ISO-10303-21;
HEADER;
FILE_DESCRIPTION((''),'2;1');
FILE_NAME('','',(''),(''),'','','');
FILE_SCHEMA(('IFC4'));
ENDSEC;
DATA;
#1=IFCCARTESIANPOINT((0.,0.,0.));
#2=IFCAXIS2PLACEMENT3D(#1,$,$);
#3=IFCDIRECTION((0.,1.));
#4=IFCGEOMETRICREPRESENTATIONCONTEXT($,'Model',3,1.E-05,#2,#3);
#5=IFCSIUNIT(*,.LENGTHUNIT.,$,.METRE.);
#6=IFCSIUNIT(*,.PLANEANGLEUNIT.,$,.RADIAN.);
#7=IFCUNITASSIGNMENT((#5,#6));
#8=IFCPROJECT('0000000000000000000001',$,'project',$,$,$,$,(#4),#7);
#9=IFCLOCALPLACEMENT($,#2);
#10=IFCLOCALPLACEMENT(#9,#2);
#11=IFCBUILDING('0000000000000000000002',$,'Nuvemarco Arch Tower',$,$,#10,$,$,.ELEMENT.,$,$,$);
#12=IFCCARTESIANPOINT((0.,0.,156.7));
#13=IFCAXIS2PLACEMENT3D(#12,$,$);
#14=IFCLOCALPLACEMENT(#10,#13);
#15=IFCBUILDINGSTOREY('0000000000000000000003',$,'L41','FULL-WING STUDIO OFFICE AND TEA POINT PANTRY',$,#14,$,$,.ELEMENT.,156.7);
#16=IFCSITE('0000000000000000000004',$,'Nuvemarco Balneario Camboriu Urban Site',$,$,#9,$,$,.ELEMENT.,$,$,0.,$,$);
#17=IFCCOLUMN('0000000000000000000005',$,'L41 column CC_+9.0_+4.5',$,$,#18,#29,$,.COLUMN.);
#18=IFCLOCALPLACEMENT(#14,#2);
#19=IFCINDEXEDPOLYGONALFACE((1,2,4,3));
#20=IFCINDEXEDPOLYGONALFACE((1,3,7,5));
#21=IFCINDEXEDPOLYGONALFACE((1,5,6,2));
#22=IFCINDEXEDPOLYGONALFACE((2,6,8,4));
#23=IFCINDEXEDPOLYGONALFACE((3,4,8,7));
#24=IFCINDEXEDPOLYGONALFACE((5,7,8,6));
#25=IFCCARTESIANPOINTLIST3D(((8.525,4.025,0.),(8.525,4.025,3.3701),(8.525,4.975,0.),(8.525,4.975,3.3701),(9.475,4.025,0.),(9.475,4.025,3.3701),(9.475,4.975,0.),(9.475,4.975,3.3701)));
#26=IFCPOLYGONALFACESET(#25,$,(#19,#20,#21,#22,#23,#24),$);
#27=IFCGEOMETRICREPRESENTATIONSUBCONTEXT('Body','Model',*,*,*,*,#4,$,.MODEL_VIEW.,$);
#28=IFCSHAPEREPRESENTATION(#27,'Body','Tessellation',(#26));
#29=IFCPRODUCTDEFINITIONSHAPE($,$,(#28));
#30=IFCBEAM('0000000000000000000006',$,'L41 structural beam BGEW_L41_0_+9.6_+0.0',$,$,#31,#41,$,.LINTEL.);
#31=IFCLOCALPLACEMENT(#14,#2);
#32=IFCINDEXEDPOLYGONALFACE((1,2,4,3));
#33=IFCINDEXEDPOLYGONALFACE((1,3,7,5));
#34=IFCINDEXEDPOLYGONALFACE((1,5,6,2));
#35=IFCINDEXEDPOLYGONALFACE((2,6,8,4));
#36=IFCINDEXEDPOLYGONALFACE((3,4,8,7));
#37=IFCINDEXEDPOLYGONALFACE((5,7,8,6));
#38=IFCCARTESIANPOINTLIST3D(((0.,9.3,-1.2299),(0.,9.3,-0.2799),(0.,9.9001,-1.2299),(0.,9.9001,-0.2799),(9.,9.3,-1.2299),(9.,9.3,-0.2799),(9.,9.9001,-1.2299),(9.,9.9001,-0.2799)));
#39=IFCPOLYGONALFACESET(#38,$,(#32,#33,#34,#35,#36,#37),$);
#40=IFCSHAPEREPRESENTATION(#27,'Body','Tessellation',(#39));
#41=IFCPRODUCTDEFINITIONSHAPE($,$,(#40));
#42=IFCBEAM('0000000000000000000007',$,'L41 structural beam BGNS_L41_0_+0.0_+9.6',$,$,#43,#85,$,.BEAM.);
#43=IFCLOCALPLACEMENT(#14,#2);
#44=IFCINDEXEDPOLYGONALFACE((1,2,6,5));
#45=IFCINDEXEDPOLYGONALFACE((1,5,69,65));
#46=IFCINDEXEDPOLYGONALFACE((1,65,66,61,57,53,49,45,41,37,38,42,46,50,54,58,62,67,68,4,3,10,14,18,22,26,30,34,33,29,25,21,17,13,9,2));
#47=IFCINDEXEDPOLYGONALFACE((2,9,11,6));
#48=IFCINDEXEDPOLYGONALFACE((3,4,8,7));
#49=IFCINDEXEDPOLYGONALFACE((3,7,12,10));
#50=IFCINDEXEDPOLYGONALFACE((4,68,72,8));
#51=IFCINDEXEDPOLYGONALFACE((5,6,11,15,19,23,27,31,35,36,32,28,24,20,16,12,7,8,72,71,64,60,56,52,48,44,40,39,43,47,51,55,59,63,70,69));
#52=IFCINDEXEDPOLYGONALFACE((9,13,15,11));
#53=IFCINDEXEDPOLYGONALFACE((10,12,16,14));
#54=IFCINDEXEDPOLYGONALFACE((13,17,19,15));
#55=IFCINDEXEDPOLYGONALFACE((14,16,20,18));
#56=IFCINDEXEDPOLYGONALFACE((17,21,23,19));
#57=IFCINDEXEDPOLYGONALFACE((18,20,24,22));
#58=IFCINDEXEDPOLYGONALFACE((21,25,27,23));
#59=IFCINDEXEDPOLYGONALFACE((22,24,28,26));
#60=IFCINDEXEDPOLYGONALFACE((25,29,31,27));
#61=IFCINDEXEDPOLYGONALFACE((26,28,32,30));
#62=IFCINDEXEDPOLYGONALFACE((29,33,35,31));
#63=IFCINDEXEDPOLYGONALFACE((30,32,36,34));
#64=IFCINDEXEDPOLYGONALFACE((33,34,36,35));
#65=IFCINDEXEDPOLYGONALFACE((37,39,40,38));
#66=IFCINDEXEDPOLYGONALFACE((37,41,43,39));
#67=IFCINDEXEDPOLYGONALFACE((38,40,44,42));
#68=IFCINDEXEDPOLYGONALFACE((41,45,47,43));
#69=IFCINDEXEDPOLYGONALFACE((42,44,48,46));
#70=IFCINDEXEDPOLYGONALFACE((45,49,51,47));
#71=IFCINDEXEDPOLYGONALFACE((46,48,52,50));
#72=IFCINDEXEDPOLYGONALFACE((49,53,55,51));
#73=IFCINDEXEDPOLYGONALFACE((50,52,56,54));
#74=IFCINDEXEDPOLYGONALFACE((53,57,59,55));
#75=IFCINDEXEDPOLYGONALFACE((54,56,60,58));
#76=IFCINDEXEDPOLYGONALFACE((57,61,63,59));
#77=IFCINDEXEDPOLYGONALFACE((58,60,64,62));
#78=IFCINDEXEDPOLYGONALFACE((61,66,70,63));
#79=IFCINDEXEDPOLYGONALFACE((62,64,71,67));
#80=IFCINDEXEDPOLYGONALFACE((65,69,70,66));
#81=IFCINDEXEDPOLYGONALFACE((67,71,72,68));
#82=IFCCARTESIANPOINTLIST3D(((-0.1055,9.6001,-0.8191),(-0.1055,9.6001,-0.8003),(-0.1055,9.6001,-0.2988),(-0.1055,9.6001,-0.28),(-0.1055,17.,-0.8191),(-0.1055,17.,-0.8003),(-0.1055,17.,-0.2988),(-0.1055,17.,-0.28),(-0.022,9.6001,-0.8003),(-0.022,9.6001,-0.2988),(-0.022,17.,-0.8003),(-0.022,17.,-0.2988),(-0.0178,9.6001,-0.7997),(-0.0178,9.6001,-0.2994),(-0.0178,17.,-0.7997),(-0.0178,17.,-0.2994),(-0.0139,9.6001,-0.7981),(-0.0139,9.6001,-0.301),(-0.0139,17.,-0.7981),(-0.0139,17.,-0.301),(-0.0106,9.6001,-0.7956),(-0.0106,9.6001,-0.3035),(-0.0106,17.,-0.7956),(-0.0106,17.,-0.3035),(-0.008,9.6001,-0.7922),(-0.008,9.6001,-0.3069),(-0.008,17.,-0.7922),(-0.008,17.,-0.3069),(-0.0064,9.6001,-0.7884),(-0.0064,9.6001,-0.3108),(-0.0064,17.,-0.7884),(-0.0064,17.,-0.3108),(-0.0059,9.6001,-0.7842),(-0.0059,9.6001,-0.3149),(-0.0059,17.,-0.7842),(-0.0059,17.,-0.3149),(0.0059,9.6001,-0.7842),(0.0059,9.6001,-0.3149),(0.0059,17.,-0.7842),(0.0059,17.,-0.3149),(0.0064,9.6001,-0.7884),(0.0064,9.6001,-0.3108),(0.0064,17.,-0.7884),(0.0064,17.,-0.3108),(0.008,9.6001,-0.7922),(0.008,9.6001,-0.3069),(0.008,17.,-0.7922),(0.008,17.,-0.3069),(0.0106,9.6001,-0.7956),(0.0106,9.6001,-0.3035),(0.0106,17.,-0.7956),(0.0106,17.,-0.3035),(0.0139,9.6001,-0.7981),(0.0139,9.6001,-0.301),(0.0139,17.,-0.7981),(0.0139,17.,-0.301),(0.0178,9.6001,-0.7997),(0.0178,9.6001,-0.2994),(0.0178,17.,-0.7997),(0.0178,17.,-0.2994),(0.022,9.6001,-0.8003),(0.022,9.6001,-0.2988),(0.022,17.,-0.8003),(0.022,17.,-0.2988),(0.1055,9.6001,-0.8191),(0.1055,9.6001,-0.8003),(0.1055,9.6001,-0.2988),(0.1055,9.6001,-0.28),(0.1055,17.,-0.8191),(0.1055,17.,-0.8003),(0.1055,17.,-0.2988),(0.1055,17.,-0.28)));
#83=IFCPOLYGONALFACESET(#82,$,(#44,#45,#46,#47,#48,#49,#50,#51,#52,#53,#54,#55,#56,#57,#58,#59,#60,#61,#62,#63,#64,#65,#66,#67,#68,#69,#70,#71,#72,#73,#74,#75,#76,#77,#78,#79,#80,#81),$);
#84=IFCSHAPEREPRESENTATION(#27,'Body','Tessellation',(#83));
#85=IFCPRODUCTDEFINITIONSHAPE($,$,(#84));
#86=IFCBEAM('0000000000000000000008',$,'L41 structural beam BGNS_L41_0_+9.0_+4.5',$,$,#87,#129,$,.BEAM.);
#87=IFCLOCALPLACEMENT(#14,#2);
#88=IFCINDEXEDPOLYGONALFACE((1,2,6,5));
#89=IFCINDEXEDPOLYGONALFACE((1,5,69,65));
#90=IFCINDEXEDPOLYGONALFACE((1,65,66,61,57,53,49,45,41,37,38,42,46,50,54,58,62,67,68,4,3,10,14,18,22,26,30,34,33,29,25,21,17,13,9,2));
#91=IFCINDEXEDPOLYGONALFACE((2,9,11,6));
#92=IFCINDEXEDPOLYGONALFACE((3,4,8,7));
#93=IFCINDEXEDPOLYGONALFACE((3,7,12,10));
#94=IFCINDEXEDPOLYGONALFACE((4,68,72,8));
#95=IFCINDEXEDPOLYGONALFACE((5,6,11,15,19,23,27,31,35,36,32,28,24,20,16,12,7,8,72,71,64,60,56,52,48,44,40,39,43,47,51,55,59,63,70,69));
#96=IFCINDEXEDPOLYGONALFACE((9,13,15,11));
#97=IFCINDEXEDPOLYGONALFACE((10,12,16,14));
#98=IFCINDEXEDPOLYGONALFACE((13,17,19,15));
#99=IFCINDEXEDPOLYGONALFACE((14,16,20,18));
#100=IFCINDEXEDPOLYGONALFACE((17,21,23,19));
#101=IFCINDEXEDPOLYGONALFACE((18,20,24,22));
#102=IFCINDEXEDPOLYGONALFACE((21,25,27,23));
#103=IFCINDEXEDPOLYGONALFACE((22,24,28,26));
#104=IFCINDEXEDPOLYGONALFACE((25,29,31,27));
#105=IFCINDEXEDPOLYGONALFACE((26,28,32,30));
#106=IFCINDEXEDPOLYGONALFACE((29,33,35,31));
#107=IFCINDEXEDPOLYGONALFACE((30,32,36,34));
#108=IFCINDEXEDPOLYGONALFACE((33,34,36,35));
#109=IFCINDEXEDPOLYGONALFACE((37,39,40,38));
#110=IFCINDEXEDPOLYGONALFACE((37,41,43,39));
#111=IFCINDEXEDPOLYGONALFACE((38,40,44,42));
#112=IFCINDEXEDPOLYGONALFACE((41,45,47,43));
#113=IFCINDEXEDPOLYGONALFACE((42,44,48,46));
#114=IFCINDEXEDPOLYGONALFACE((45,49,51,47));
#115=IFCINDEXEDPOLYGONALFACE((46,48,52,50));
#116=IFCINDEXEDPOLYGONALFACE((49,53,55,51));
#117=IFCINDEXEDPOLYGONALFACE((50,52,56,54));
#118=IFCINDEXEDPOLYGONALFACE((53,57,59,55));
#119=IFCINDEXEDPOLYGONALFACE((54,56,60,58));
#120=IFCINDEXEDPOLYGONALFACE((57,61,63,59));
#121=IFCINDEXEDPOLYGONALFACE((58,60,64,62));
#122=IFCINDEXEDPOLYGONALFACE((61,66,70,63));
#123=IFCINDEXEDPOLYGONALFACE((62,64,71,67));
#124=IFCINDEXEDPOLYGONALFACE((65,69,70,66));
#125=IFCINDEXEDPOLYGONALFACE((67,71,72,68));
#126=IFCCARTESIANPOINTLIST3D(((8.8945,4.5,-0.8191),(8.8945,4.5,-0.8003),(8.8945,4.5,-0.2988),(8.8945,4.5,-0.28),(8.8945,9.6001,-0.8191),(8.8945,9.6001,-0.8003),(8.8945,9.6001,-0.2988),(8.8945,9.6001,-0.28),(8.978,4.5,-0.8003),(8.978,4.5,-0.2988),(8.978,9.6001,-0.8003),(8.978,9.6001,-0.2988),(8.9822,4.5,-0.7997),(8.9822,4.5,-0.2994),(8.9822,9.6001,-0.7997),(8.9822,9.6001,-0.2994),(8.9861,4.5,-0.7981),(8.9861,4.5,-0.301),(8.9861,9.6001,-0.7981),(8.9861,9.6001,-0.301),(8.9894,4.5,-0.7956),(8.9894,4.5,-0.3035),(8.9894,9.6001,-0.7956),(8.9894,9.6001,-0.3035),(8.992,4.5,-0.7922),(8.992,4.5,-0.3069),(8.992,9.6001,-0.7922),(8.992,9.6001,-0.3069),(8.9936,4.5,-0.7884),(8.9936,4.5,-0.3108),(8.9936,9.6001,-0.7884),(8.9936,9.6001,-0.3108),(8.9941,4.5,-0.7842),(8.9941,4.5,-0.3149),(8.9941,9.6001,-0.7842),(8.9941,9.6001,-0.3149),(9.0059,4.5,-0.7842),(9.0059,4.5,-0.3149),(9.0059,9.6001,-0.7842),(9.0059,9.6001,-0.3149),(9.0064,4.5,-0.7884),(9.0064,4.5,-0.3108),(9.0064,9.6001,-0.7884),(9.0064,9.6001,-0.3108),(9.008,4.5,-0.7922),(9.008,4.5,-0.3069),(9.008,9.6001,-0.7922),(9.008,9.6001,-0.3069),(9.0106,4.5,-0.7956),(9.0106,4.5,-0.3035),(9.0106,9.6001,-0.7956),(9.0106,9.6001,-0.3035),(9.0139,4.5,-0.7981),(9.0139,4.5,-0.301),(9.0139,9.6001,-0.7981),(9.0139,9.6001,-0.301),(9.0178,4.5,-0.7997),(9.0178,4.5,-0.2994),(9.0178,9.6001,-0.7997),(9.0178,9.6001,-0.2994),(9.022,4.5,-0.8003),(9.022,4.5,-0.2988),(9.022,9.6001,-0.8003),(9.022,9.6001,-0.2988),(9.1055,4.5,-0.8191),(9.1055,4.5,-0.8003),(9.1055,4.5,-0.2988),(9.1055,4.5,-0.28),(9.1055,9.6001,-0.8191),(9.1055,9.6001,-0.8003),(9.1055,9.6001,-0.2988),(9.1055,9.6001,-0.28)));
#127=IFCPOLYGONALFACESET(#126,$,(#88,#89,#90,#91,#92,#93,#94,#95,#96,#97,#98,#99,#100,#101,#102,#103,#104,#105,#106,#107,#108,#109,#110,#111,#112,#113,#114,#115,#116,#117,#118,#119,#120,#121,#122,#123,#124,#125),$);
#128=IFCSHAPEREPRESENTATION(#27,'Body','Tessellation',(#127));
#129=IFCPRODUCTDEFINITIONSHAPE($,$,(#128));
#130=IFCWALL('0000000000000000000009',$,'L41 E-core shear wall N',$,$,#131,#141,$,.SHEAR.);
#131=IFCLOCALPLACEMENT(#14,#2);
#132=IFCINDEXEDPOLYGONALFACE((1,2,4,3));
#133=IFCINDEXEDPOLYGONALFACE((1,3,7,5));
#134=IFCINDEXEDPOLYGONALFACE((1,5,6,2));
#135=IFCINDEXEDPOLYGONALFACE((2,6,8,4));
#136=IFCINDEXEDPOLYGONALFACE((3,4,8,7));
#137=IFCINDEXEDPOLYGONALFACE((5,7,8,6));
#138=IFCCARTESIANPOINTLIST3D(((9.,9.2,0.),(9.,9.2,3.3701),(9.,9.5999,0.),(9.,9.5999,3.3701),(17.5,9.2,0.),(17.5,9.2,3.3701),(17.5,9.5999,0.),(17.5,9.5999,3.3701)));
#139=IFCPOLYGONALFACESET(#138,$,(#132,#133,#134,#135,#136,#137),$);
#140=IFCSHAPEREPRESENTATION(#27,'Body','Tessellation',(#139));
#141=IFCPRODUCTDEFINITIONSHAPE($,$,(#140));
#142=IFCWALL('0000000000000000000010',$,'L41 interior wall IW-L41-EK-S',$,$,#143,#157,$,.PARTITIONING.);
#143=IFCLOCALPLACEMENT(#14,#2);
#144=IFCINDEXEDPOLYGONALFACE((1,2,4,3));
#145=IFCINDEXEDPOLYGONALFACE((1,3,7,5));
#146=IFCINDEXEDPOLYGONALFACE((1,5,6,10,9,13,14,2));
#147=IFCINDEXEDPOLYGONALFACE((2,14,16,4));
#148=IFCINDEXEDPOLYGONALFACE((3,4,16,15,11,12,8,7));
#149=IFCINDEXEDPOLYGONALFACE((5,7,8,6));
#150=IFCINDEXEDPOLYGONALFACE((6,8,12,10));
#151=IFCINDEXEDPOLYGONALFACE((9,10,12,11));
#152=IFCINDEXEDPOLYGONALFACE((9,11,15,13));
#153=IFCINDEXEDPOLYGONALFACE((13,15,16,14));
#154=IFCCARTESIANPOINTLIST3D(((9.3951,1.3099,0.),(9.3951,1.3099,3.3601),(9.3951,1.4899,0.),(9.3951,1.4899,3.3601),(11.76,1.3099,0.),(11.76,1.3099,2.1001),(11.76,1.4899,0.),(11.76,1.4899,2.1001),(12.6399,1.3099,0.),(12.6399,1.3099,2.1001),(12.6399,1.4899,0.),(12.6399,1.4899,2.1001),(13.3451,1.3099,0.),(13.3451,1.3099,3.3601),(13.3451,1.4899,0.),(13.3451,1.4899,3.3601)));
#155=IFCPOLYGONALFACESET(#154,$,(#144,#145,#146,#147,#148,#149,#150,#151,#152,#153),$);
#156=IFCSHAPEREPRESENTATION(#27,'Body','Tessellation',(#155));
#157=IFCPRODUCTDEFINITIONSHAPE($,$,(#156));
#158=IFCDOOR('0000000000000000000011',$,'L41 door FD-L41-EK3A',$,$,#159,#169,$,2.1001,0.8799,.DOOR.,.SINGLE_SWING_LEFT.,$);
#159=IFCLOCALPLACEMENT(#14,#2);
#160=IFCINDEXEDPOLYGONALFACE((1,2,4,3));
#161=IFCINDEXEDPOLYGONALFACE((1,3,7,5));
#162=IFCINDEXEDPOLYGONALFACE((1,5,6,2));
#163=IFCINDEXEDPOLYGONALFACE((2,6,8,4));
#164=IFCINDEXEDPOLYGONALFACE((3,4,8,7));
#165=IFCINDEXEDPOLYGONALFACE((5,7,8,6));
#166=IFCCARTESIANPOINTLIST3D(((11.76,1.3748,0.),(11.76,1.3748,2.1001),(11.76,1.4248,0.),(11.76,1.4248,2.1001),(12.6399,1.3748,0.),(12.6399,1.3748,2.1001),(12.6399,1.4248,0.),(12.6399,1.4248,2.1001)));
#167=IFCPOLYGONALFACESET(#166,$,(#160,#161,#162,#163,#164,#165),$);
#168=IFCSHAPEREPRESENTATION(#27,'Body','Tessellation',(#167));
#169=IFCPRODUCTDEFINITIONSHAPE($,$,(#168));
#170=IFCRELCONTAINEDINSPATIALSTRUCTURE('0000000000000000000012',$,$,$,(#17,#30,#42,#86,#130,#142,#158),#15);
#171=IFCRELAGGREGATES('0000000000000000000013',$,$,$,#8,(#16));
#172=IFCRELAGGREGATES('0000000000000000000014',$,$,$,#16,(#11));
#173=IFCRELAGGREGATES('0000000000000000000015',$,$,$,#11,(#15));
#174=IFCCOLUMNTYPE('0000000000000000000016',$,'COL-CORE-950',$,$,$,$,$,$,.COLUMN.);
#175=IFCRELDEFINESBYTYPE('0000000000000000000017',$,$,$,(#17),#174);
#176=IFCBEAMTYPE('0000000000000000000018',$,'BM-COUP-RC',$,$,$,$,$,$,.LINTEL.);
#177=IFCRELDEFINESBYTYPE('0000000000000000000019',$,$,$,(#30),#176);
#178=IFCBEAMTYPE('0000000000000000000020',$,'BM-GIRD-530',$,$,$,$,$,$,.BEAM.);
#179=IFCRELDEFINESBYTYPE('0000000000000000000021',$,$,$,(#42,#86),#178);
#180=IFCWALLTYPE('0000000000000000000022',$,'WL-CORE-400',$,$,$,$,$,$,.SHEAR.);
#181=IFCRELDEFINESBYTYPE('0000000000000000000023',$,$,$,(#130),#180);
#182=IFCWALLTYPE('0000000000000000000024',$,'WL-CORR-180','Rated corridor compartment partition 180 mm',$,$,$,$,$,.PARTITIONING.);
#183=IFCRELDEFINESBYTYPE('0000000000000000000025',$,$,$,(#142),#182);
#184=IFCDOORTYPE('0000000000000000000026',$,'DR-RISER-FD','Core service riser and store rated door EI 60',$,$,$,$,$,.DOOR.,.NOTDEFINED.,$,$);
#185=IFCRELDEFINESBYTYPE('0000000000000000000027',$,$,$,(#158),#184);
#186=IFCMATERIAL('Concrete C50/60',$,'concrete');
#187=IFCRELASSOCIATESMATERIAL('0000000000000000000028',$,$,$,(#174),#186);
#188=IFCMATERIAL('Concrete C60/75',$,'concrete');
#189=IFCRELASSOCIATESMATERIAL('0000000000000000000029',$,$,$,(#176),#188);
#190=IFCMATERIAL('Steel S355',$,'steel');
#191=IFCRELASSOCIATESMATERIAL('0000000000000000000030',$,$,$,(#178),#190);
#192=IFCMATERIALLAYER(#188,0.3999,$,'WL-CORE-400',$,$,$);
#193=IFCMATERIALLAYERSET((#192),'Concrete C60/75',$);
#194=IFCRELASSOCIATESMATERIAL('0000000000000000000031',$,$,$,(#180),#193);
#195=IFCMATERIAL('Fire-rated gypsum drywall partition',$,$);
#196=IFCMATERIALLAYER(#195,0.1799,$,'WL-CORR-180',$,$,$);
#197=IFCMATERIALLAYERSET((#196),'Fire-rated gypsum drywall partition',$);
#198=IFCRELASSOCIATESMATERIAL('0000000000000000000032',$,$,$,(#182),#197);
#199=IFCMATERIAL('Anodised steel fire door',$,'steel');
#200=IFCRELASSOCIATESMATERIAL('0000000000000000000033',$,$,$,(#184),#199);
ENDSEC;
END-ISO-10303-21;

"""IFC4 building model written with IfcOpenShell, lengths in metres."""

from ifc_helpers import new_model, si_unit, direction, frame, frame_2d, origin, origin_2d, place, context, subcontext, project, spatial, rectangle, i_section, extrude, source, transform, mapped, material, layer, layer_set, material_profile, profile_set, type_object, type_shapes, element, fill, save


model = new_model("IFC4")

# Units and contexts
model_context = context("Model", 3, precision=1e-05, world=origin(), true_north=direction((0.0, 1.0)))
body_context = subcontext(model_context, "Body", "Model", "MODEL_VIEW")
ifc_project = project(units=[si_unit("LENGTHUNIT", "METRE"), si_unit("PLANEANGLEUNIT", "RADIAN")], contexts=[model_context])

# Site, building, storey
site_placement = place(None, origin())
site = spatial("IfcSite", under=ifc_project, at=site_placement, Name="Nuvemarco Balneario Camboriu Urban Site", CompositionType="ELEMENT", RefElevation=0.0)
building_placement = place(site_placement, origin())
building = spatial("IfcBuilding", under=site, at=building_placement, Name="Nuvemarco Arch Tower", CompositionType="ELEMENT")
storey_placement = place(building_placement, frame((0.0, 0.0, 156.7)))
storey = spatial("IfcBuildingStorey", under=building, at=storey_placement, Name="L41", Description="FULL-WING STUDIO OFFICE AND TEA POINT PANTRY", CompositionType="ELEMENT", Elevation=156.7)

# Column
ifc_material_1 = material(Name="Concrete C50/60", Category="concrete")
ifc_material_profile_1 = material_profile(ifc_material_1, rectangle(XDim=0.95, YDim=0.95, at=origin_2d()), Name="RC-COL-950x950")
ifc_profile_set_1 = profile_set([ifc_material_profile_1], Name="Concrete C50/60")
column_type = type_object("IfcColumnType", Name="COL-CORE-950", PredefinedType="COLUMN", material=ifc_profile_set_1)
column_placement = place(storey_placement, frame((9.0, 4.5, 0.0), z_axis=(0.0, 0.0, 1.0), x_axis=(1.0, 0.0, 0.0)))
element("IfcColumn", 1, at=column_placement, inside=storey, type_object=column_type, Name="L41 column CC_+9.0_+4.5", PredefinedType="COLUMN", context=body_context, shape_type="SweptSolid", body=[
    extrude(rectangle(XDim=0.95, YDim=0.95, at=origin_2d()), origin(), (0.0, 0.0, 1.0), 3.3701),
])

# Beams
ifc_material_2 = material(Name="Concrete C60/75", Category="concrete")
ifc_material_profile_2 = material_profile(ifc_material_2, rectangle(XDim=0.6001, YDim=0.95, at=origin_2d()), Name="RC-BM-600x950")
ifc_profile_set_2 = profile_set([ifc_material_profile_2], Name="Concrete C60/75")
beam_type_1 = type_object("IfcBeamType", Name="BM-COUP-RC", PredefinedType="LINTEL", material=ifc_profile_set_2)
beam_1_placement = place(storey_placement, frame((0.0, 9.6001, -0.7549), z_axis=(1.0, 0.0, 0.0), x_axis=(0.0, 1.0, 0.0)))
element("IfcBeam", 2, at=beam_1_placement, inside=storey, type_object=beam_type_1, Name="L41 structural beam BGEW_L41_0_+9.6_+0.0", PredefinedType="LINTEL", context=body_context, shape_type="SweptSolid", body=[
    extrude(rectangle(XDim=0.6001, YDim=0.95, at=origin_2d()), origin(), (0.0, 0.0, 1.0), 9.0),
])
ifc_material_3 = material(Name="Steel S355", Category="steel")
ifc_material_profile_3 = material_profile(ifc_material_3, i_section(OverallWidth=0.2109, OverallDepth=0.5391, WebThickness=0.0117, FlangeThickness=0.0188, FilletRadius=0.0161, at=origin_2d()), Name="W530x109")
ifc_profile_set_3 = profile_set([ifc_material_profile_3], Name="Steel S355")
beam_type_2 = type_object("IfcBeamType", Name="BM-GIRD-530", PredefinedType="BEAM", material=ifc_profile_set_3)
beam_2_placement = place(storey_placement, frame((0.0, 9.6001, -0.5496), z_axis=(0.0, 1.0, 0.0), x_axis=(-1.0, 0.0, 0.0)))
element("IfcBeam", 3, at=beam_2_placement, inside=storey, type_object=beam_type_2, Name="L41 structural beam BGNS_L41_0_+0.0_+9.6", PredefinedType="BEAM", context=body_context, shape_type="SweptSolid", body=[
    extrude(i_section(OverallWidth=0.2109, OverallDepth=0.5391, WebThickness=0.0117, FlangeThickness=0.0188, FilletRadius=0.0161, at=origin_2d()), origin(), (0.0, 0.0, 1.0), 7.3999),
])
beam_3_placement = place(storey_placement, frame((9.0, 4.5, -0.5496), z_axis=(0.0, 1.0, 0.0), x_axis=(-1.0, 0.0, 0.0)))
element("IfcBeam", 4, at=beam_3_placement, inside=storey, type_object=beam_type_2, Name="L41 structural beam BGNS_L41_0_+9.0_+4.5", PredefinedType="BEAM", context=body_context, shape_type="SweptSolid", body=[
    extrude(i_section(OverallWidth=0.2109, OverallDepth=0.5391, WebThickness=0.0117, FlangeThickness=0.0188, FilletRadius=0.0161, at=origin_2d()), origin(), (0.0, 0.0, 1.0), 5.1001),
])

# Wall
ifc_layer_1 = layer(ifc_material_2, 0.3999, Name="WL-CORE-400")
ifc_layer_set_1 = layer_set([ifc_layer_1], Name="Concrete C60/75")
wall_type_1 = type_object("IfcWallType", Name="WL-CORE-400", PredefinedType="SHEAR", material=ifc_layer_set_1)
wall_1_placement = place(storey_placement, frame((9.0, 9.3999, 0.0), z_axis=(0.0, 0.0, 1.0), x_axis=(1.0, 0.0, 0.0)))
element("IfcWall", 5, at=wall_1_placement, inside=storey, type_object=wall_type_1, Name="L41 E-core shear wall N", PredefinedType="SHEAR", context=body_context, shape_type="SweptSolid", body=[
    extrude(rectangle(XDim=8.5, YDim=0.3999, at=frame_2d((4.25, 0.0))), origin(), (0.0, 0.0, 1.0), 3.3701),
])

# Wall, opening, door
ifc_material_4 = material(Name="Fire-rated gypsum drywall partition")
ifc_layer_2 = layer(ifc_material_4, 0.1799, Name="WL-CORR-180")
ifc_layer_set_2 = layer_set([ifc_layer_2], Name="Fire-rated gypsum drywall partition")
wall_type_2 = type_object("IfcWallType", Name="WL-CORR-180", Description="Rated corridor compartment partition 180 mm", PredefinedType="PARTITIONING", material=ifc_layer_set_2)
wall_2_placement = place(storey_placement, frame((9.395, 1.3999, 0.0), z_axis=(0.0, 0.0, 1.0), x_axis=(1.0, 0.0, 0.0)))
wall_2 = element("IfcWall", 6, at=wall_2_placement, inside=storey, type_object=wall_type_2, Name="L41 interior wall IW-L41-EK-S", PredefinedType="PARTITIONING", context=body_context, shape_type="SweptSolid", body=[
    extrude(rectangle(XDim=3.95, YDim=0.1799, at=frame_2d((1.9751, 0.0))), origin(), (0.0, 0.0, 1.0), 3.3601),
])
opening_1_placement = place(wall_2_placement, frame((2.365, 0.0, 0.0)))
opening_1 = element("IfcOpeningElement", 7, at=opening_1_placement, cuts=wall_2, PredefinedType="OPENING", context=body_context, shape_type="SweptSolid", body=[
    extrude(rectangle(XDim=0.8799, YDim=2.1001, at=frame_2d((0.4399, 1.05))), frame((0.0, 0.0999, 0.0), z_axis=(0.0, -1.0, 0.0), x_axis=(1.0, 0.0, 0.0)), (0.0, 0.0, 1.0), 0.2),
])
ifc_material_5 = material(Name="Anodised steel fire door", Category="steel")
door_type_1 = type_object("IfcDoorType", Name="DR-RISER-FD", Description="Core service riser and store rated door EI 60", OperationType="NOTDEFINED", PredefinedType="DOOR", material=ifc_material_5)
shared_shape_1 = source(origin(), body_context, "Body", "SweptSolid", [
    extrude(rectangle(XDim=0.8799, YDim=2.1001, at=frame_2d((0.4399, 1.05))), frame((0.0, 0.0249, 0.0), z_axis=(0.0, -1.0, 0.0), x_axis=(1.0, 0.0, 0.0)), (0.0, 0.0, 1.0), 0.05),
])
type_shapes(door_type_1, [shared_shape_1])
door_1_placement = place(opening_1_placement, origin())
door_1 = element("IfcDoor", 8, at=door_1_placement, inside=storey, type_object=door_type_1, Name="L41 door FD-L41-EK3A", OperationType="SINGLE_SWING_LEFT", OverallHeight=2.1001, OverallWidth=0.8799, PredefinedType="DOOR", context=body_context, shape_type="MappedRepresentation", body=[
    mapped(shared_shape_1, transform((0.0, 0.0, 0.0), scale=1.0)),
])
fill(opening_1, door_1)

save(model, "model.ifc")
